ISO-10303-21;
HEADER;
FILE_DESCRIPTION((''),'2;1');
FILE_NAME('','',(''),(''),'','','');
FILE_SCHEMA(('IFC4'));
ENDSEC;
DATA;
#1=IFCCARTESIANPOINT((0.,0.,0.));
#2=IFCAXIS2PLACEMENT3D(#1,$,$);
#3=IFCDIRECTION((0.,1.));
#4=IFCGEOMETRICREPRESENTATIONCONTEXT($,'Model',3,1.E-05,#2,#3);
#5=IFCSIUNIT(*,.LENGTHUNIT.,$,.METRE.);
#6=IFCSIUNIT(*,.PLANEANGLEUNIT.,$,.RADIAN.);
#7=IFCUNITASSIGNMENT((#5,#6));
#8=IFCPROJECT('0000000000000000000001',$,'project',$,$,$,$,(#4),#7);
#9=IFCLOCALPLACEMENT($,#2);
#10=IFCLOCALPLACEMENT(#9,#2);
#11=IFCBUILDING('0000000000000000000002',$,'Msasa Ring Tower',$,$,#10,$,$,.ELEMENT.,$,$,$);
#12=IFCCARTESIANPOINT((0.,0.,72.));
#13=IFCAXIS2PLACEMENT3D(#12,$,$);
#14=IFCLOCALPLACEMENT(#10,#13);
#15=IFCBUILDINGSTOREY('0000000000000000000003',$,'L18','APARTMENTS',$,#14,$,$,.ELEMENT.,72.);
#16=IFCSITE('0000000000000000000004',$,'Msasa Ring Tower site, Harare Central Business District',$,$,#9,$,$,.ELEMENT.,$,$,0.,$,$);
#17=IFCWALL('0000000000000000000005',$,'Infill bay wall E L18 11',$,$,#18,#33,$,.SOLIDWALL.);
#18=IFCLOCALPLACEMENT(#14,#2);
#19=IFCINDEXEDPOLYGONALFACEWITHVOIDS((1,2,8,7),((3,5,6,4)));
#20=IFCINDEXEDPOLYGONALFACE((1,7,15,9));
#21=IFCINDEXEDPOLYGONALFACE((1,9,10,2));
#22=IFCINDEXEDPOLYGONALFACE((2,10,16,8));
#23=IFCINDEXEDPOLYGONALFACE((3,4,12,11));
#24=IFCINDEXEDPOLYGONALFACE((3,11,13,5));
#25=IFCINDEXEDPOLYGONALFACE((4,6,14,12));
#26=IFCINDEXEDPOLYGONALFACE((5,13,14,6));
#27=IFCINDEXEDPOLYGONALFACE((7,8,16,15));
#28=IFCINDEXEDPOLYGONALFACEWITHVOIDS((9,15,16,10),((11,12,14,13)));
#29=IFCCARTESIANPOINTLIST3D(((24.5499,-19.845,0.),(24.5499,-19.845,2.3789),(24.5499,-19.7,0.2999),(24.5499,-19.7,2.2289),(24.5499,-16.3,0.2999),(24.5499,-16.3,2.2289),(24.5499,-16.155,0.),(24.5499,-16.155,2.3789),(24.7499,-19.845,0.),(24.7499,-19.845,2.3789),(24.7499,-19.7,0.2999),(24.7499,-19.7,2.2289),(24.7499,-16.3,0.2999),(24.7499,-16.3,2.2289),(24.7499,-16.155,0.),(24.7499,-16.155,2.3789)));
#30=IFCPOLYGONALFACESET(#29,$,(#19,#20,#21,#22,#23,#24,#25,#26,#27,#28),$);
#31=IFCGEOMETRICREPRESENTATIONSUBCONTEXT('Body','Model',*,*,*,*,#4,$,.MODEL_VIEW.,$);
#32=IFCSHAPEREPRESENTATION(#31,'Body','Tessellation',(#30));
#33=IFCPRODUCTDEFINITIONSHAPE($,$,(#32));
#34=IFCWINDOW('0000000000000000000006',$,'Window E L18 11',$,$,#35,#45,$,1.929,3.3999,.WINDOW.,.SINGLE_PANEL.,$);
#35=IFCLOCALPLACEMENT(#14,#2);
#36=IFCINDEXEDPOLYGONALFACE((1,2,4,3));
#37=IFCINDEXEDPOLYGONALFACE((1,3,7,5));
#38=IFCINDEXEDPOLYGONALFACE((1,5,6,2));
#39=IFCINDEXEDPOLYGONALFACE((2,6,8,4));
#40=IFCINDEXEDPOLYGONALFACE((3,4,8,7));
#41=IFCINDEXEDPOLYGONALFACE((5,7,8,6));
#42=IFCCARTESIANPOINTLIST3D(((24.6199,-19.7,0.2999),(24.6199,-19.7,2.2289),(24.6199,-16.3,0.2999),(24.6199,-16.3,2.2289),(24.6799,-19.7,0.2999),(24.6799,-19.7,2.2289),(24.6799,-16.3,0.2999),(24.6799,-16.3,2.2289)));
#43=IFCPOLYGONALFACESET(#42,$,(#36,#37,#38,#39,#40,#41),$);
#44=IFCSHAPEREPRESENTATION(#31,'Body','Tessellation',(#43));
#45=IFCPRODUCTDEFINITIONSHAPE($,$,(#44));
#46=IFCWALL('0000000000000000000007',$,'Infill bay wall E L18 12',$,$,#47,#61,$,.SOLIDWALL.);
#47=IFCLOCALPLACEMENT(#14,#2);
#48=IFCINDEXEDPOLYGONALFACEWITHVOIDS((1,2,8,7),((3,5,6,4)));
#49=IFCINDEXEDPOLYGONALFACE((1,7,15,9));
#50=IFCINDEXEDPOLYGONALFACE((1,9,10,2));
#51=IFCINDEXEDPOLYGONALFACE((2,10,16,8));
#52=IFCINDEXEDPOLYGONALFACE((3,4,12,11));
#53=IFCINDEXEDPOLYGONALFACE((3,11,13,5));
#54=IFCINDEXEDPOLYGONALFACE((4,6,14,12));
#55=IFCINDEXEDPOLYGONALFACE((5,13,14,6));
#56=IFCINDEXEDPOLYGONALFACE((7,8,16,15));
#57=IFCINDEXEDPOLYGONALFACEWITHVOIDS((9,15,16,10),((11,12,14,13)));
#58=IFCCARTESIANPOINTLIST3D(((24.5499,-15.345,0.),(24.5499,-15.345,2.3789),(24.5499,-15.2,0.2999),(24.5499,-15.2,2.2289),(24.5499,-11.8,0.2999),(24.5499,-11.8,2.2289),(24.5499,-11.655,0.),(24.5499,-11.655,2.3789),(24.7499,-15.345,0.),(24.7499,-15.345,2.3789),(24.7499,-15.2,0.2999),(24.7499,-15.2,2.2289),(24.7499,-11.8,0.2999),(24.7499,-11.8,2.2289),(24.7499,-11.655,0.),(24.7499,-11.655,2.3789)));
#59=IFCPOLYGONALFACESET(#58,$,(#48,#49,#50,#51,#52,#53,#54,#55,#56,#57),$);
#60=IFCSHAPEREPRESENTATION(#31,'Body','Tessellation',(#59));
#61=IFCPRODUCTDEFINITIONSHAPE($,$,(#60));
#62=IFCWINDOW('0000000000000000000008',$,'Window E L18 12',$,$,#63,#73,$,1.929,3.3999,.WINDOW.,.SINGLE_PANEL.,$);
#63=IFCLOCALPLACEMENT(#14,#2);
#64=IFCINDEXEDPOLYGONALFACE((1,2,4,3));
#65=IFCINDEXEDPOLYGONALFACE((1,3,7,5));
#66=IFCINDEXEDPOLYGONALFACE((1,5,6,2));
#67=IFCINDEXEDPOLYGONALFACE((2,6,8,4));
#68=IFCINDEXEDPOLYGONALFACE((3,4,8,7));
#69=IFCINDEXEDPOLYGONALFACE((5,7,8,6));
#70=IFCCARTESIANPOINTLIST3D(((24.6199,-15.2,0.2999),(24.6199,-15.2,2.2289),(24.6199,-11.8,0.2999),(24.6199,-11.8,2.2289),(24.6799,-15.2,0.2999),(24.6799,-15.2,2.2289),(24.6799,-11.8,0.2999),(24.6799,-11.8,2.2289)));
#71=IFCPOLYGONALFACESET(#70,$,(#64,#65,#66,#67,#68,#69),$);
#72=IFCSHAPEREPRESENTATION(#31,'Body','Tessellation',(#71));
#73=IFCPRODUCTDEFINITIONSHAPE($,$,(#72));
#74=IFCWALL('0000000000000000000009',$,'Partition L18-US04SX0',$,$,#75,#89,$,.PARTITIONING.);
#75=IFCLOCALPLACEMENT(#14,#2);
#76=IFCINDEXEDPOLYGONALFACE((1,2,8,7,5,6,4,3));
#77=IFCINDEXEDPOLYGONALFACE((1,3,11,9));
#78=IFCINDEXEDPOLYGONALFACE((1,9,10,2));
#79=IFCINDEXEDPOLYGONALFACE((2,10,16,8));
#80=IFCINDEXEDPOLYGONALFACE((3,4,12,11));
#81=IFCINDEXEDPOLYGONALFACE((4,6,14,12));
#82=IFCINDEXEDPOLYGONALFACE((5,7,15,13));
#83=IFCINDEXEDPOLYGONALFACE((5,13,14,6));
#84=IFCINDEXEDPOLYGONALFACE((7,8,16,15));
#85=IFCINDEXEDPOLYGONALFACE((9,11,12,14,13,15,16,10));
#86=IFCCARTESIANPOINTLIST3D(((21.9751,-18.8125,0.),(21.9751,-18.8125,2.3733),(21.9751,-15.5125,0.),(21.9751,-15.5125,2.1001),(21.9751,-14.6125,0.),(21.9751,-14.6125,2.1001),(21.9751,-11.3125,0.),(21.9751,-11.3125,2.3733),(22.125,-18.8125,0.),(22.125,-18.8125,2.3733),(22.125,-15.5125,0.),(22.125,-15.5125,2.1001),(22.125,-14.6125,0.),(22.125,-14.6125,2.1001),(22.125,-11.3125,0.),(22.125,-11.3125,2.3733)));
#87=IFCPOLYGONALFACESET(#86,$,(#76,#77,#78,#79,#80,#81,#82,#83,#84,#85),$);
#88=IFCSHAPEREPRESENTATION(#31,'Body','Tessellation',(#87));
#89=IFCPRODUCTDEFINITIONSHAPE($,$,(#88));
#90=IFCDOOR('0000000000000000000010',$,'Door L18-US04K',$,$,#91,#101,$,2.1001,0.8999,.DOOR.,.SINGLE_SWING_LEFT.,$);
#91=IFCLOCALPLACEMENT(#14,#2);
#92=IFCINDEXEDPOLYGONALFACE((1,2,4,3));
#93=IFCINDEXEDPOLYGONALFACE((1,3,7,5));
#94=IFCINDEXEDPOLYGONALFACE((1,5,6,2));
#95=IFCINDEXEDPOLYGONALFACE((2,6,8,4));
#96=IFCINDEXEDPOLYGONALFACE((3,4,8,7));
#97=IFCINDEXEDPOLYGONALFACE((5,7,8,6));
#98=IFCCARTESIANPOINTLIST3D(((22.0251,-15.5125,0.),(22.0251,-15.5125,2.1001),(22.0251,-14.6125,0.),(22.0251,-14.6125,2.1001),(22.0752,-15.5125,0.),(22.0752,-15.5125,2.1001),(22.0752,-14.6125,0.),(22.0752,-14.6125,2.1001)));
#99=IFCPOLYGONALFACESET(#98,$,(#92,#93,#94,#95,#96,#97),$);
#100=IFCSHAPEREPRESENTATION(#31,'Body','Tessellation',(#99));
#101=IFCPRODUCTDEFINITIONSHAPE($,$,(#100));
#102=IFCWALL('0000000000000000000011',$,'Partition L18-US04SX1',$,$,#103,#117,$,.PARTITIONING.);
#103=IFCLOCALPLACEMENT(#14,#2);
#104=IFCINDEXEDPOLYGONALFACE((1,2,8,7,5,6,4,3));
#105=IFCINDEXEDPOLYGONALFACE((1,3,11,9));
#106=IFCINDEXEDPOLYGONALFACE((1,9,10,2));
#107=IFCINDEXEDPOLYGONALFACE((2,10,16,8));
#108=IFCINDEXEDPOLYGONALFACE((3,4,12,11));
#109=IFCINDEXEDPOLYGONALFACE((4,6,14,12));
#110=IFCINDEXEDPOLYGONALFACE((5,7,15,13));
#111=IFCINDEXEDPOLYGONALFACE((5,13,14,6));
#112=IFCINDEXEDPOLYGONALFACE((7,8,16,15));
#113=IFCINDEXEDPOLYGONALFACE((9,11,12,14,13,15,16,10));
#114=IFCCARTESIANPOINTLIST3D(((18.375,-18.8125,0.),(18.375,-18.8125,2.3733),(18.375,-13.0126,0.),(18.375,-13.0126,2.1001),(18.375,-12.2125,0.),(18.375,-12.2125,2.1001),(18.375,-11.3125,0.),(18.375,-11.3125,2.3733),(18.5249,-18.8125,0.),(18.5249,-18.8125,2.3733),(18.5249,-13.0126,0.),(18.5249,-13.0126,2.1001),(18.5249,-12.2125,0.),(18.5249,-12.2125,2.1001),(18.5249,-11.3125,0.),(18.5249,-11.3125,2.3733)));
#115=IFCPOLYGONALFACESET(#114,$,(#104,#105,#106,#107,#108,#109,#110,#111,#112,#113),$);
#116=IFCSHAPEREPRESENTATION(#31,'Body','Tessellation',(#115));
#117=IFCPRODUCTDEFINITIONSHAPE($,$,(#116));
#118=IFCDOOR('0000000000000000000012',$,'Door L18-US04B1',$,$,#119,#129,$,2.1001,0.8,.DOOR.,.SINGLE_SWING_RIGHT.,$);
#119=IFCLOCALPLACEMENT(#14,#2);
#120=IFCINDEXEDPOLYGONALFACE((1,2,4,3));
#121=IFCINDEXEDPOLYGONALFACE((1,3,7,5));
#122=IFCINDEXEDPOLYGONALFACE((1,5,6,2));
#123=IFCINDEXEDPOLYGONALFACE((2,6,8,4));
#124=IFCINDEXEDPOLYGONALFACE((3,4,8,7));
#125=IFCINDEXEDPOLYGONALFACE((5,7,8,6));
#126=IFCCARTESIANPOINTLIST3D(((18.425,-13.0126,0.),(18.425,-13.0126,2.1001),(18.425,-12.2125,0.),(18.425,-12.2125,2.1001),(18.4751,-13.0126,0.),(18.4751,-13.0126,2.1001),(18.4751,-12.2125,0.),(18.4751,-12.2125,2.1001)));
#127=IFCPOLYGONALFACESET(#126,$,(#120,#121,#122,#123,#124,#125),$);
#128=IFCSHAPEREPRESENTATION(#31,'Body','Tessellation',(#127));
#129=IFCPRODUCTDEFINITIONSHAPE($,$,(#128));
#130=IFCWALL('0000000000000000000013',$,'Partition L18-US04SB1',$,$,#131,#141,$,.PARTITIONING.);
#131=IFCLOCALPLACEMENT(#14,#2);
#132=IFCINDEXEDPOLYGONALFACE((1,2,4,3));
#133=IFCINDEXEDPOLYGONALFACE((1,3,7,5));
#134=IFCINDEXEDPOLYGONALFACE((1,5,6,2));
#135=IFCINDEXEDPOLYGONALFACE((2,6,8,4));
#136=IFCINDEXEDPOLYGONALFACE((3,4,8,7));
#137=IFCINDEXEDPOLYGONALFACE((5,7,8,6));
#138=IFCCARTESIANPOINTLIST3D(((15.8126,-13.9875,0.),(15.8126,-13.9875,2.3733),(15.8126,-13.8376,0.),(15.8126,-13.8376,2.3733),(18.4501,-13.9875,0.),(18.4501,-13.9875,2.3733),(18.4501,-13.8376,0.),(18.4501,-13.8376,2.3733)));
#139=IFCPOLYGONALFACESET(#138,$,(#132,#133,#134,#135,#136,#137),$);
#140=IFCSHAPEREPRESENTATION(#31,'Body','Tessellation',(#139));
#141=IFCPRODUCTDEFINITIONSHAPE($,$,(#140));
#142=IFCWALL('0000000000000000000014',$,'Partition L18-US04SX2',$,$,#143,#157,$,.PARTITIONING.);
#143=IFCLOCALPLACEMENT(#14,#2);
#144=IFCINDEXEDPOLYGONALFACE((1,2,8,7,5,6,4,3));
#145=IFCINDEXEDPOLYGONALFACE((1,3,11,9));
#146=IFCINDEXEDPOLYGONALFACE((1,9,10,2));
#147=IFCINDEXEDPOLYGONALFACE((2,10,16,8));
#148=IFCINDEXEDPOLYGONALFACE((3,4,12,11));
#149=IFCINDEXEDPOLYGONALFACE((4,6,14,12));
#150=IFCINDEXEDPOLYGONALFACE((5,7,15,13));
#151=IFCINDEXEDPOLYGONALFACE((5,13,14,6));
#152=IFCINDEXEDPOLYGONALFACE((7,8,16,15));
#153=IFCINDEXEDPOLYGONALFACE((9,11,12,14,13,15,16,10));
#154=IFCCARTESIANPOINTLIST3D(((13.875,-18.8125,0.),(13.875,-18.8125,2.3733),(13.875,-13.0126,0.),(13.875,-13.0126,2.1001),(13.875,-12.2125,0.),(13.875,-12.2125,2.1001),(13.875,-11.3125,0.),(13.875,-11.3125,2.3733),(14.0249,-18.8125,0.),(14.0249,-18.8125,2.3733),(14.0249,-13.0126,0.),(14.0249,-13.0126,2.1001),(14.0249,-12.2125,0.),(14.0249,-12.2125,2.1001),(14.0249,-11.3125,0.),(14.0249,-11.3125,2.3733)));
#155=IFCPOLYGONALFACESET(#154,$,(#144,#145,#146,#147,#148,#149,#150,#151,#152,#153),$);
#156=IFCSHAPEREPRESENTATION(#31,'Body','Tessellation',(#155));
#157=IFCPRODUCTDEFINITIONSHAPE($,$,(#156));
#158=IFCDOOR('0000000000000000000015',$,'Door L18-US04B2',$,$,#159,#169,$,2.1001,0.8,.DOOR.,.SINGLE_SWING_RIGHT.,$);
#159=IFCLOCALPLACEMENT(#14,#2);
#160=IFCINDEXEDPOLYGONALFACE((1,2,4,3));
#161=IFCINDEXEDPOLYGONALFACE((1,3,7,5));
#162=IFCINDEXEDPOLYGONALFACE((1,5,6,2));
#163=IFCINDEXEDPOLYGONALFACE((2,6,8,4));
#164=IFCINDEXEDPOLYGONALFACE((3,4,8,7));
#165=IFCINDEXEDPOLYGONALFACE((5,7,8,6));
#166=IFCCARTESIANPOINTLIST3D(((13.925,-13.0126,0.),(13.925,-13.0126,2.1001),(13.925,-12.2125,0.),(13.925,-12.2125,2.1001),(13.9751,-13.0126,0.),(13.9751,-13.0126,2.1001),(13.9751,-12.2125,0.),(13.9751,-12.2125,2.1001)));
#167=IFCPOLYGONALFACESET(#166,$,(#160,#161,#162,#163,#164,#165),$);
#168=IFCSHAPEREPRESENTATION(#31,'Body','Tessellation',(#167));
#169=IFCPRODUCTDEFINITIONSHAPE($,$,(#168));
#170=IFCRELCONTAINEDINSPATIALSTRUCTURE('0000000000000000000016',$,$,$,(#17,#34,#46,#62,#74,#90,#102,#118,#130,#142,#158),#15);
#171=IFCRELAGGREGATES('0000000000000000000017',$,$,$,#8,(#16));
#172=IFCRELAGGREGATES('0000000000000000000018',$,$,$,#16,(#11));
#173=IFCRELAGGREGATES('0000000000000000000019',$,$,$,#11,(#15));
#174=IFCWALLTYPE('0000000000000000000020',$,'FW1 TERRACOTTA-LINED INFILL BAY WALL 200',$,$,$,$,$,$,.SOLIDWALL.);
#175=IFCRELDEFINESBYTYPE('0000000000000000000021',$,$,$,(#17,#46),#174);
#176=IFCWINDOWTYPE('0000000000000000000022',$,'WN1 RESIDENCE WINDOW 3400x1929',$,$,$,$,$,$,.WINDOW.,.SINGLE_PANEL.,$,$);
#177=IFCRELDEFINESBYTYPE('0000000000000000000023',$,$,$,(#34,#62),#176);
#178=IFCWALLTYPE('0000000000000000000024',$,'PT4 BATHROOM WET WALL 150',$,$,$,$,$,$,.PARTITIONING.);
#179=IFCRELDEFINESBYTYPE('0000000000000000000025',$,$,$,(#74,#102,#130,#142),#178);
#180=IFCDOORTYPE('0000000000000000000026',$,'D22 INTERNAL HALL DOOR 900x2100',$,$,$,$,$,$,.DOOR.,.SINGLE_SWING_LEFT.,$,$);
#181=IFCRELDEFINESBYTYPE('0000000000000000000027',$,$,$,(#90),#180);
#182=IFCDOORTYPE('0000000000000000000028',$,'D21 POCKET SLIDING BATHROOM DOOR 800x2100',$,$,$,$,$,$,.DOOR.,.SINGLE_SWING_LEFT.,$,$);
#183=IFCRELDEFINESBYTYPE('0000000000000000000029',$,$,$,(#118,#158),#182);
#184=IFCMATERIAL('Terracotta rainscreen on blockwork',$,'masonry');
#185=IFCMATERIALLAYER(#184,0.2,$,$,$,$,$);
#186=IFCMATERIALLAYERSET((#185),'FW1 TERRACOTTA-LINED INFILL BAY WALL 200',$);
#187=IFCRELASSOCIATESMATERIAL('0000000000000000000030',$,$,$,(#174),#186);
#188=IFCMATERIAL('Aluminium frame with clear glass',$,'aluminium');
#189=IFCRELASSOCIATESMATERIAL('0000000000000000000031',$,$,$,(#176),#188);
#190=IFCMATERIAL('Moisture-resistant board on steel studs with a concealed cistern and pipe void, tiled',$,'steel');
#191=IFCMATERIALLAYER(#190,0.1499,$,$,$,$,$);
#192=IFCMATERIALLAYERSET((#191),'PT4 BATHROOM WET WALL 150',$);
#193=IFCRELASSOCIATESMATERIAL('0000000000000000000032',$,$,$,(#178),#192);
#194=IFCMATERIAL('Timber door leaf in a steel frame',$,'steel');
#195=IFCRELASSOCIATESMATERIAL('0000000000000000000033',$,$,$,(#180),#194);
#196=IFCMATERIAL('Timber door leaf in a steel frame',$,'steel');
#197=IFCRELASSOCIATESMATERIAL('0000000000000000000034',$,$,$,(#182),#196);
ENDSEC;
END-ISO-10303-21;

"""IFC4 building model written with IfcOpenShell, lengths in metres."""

from ifc_helpers import new_model, si_unit, direction, frame, frame_2d, origin, place, context, subcontext, project, spatial, rectangle, extrude, material, layer, layer_set, type_object, element, fill, save


model = new_model("IFC4")

# Units and contexts
model_context = context("Model", 3, precision=1e-05, world=origin(), true_north=direction((0.0, 1.0)))
body_context = subcontext(model_context, "Body", "Model", "MODEL_VIEW")
ifc_project = project(units=[si_unit("LENGTHUNIT", "METRE"), si_unit("PLANEANGLEUNIT", "RADIAN")], contexts=[model_context])

# Site, building, storey
site_placement = place(None, origin())
site = spatial("IfcSite", under=ifc_project, at=site_placement, Name="Msasa Ring Tower site, Harare Central Business District", CompositionType="ELEMENT", RefElevation=0.0)
building_placement = place(site_placement, origin())
building = spatial("IfcBuilding", under=site, at=building_placement, Name="Msasa Ring Tower", CompositionType="ELEMENT")
storey_placement = place(building_placement, frame((0.0, 0.0, 72.0)))
storey = spatial("IfcBuildingStorey", under=building, at=storey_placement, Name="L18", Description="APARTMENTS", CompositionType="ELEMENT", Elevation=72.0)

# Walls, openings, windows
ifc_material_1 = material(Name="Terracotta rainscreen on blockwork", Category="masonry")
ifc_layer_1 = layer(ifc_material_1, 0.2)
ifc_layer_set_1 = layer_set([ifc_layer_1], Name="FW1 TERRACOTTA-LINED INFILL BAY WALL 200")
wall_type_1 = type_object("IfcWallType", Name="FW1 TERRACOTTA-LINED INFILL BAY WALL 200", PredefinedType="SOLIDWALL", material=ifc_layer_set_1)
wall_1_placement = place(storey_placement, frame((24.6499, -19.845, 0.0), z_axis=(0.0, 0.0, 1.0), x_axis=(0.0, 1.0, 0.0)))
wall_1 = element("IfcWall", 1, at=wall_1_placement, inside=storey, type_object=wall_type_1, Name="Infill bay wall E L18 11", PredefinedType="SOLIDWALL", context=body_context, shape_type="SweptSolid", body=[
    extrude(rectangle(XDim=3.6899, YDim=0.2, at=frame_2d((1.845, 0.0))), origin(), (0.0, 0.0, 1.0), 2.3789),
])
opening_1_placement = place(wall_1_placement, frame((0.145, 0.0, 0.3)))
opening_1 = element("IfcOpeningElement", 2, at=opening_1_placement, cuts=wall_1, PredefinedType="OPENING", context=body_context, shape_type="SweptSolid", body=[
    extrude(rectangle(XDim=3.3999, YDim=1.929, at=frame_2d((1.7, 0.9644))), frame((0.0, 0.1099, 0.0), z_axis=(0.0, -1.0, 0.0), x_axis=(1.0, 0.0, 0.0)), (0.0, 0.0, 1.0), 0.22),
])
ifc_material_2 = material(Name="Aluminium frame with clear glass", Category="aluminium")
window_type = type_object("IfcWindowType", Name="WN1 RESIDENCE WINDOW 3400x1929", PartitioningType="SINGLE_PANEL", PredefinedType="WINDOW", material=ifc_material_2)
window_1_placement = place(opening_1_placement, origin())
window_1 = element("IfcWindow", 3, at=window_1_placement, inside=storey, type_object=window_type, Name="Window E L18 11", OverallHeight=1.929, OverallWidth=3.3999, PartitioningType="SINGLE_PANEL", PredefinedType="WINDOW", context=body_context, shape_type="SweptSolid", body=[
    extrude(rectangle(XDim=3.3999, YDim=1.929, at=frame_2d((1.7, 0.9644))), frame((0.0, 0.03, 0.0), z_axis=(0.0, -1.0, 0.0), x_axis=(1.0, 0.0, 0.0)), (0.0, 0.0, 1.0), 0.0601),
])
fill(opening_1, window_1)
wall_2_placement = place(storey_placement, frame((24.6499, -15.345, 0.0), z_axis=(0.0, 0.0, 1.0), x_axis=(0.0, 1.0, 0.0)))
wall_2 = element("IfcWall", 4, at=wall_2_placement, inside=storey, type_object=wall_type_1, Name="Infill bay wall E L18 12", PredefinedType="SOLIDWALL", context=body_context, shape_type="SweptSolid", body=[
    extrude(rectangle(XDim=3.6899, YDim=0.2, at=frame_2d((1.845, 0.0))), origin(), (0.0, 0.0, 1.0), 2.3789),
])
opening_2_placement = place(wall_2_placement, frame((0.145, 0.0, 0.3)))
opening_2 = element("IfcOpeningElement", 5, at=opening_2_placement, cuts=wall_2, PredefinedType="OPENING", context=body_context, shape_type="SweptSolid", body=[
    extrude(rectangle(XDim=3.3999, YDim=1.929, at=frame_2d((1.7, 0.9644))), frame((0.0, 0.1099, 0.0), z_axis=(0.0, -1.0, 0.0), x_axis=(1.0, 0.0, 0.0)), (0.0, 0.0, 1.0), 0.22),
])
window_2_placement = place(opening_2_placement, origin())
window_2 = element("IfcWindow", 6, at=window_2_placement, inside=storey, type_object=window_type, Name="Window E L18 12", OverallHeight=1.929, OverallWidth=3.3999, PartitioningType="SINGLE_PANEL", PredefinedType="WINDOW", context=body_context, shape_type="SweptSolid", body=[
    extrude(rectangle(XDim=3.3999, YDim=1.929, at=frame_2d((1.7, 0.9644))), frame((0.0, 0.03, 0.0), z_axis=(0.0, -1.0, 0.0), x_axis=(1.0, 0.0, 0.0)), (0.0, 0.0, 1.0), 0.0601),
])
fill(opening_2, window_2)

# Walls, openings, doors
ifc_material_3 = material(Name="Moisture-resistant board on steel studs with a concealed cistern and pipe void, tiled", Category="steel")
ifc_layer_2 = layer(ifc_material_3, 0.1499)
ifc_layer_set_2 = layer_set([ifc_layer_2], Name="PT4 BATHROOM WET WALL 150")
wall_type_2 = type_object("IfcWallType", Name="PT4 BATHROOM WET WALL 150", PredefinedType="PARTITIONING", material=ifc_layer_set_2)
wall_3_placement = place(storey_placement, frame((22.05, -18.8125, 0.0), z_axis=(0.0, 0.0, 1.0), x_axis=(0.0, 1.0, 0.0)))
wall_3 = element("IfcWall", 7, at=wall_3_placement, inside=storey, type_object=wall_type_2, Name="Partition L18-US04SX0", PredefinedType="PARTITIONING", context=body_context, shape_type="SweptSolid", body=[
    extrude(rectangle(XDim=7.5, YDim=0.1499, at=frame_2d((3.75, 0.0))), origin(), (0.0, 0.0, 1.0), 2.3733),
])
opening_3_placement = place(wall_3_placement, frame((3.3, 0.0, 0.0)))
opening_3 = element("IfcOpeningElement", 8, at=opening_3_placement, cuts=wall_3, PredefinedType="OPENING", context=body_context, shape_type="SweptSolid", body=[
    extrude(rectangle(XDim=0.8999, YDim=2.1001, at=frame_2d((0.45, 1.05))), frame((0.0, 0.085, 0.0), z_axis=(0.0, -1.0, 0.0), x_axis=(1.0, 0.0, 0.0)), (0.0, 0.0, 1.0), 0.1699),
])
ifc_material_4 = material(Name="Timber door leaf in a steel frame", Category="steel")
door_type_1 = type_object("IfcDoorType", Name="D22 INTERNAL HALL DOOR 900x2100", OperationType="SINGLE_SWING_LEFT", PredefinedType="DOOR", material=ifc_material_4)
door_1_placement = place(opening_3_placement, origin())
door_1 = element("IfcDoor", 9, at=door_1_placement, inside=storey, type_object=door_type_1, Name="Door L18-US04K", OperationType="SINGLE_SWING_LEFT", OverallHeight=2.1001, OverallWidth=0.8999, PredefinedType="DOOR", context=body_context, shape_type="SweptSolid", body=[
    extrude(rectangle(XDim=0.8999, YDim=2.1001, at=frame_2d((0.45, 1.05))), frame((0.0, 0.0249, 0.0), z_axis=(0.0, -1.0, 0.0), x_axis=(1.0, 0.0, 0.0)), (0.0, 0.0, 1.0), 0.05),
])
fill(opening_3, door_1)
wall_4_placement = place(storey_placement, frame((18.45, -18.8125, 0.0), z_axis=(0.0, 0.0, 1.0), x_axis=(0.0, 1.0, 0.0)))
wall_4 = element("IfcWall", 10, at=wall_4_placement, inside=storey, type_object=wall_type_2, Name="Partition L18-US04SX1", PredefinedType="PARTITIONING", context=body_context, shape_type="SweptSolid", body=[
    extrude(rectangle(XDim=7.5, YDim=0.1499, at=frame_2d((3.75, 0.0))), origin(), (0.0, 0.0, 1.0), 2.3733),
])
opening_4_placement = place(wall_4_placement, frame((5.8, 0.0, 0.0)))
opening_4 = element("IfcOpeningElement", 11, at=opening_4_placement, cuts=wall_4, PredefinedType="OPENING", context=body_context, shape_type="SweptSolid", body=[
    extrude(rectangle(XDim=0.8, YDim=2.1001, at=frame_2d((0.3999, 1.05))), frame((0.0, 0.085, 0.0), z_axis=(0.0, -1.0, 0.0), x_axis=(1.0, 0.0, 0.0)), (0.0, 0.0, 1.0), 0.1699),
])
ifc_material_5 = material(Name="Timber door leaf in a steel frame", Category="steel")
door_type_2 = type_object("IfcDoorType", Name="D21 POCKET SLIDING BATHROOM DOOR 800x2100", OperationType="SINGLE_SWING_LEFT", PredefinedType="DOOR", material=ifc_material_5)
door_2_placement = place(opening_4_placement, origin())
door_2 = element("IfcDoor", 12, at=door_2_placement, inside=storey, type_object=door_type_2, Name="Door L18-US04B1", OperationType="SINGLE_SWING_RIGHT", OverallHeight=2.1001, OverallWidth=0.8, PredefinedType="DOOR", context=body_context, shape_type="SweptSolid", body=[
    extrude(rectangle(XDim=0.8, YDim=2.1001, at=frame_2d((0.3999, 1.05))), frame((0.0, 0.0249, 0.0), z_axis=(0.0, -1.0, 0.0), x_axis=(1.0, 0.0, 0.0)), (0.0, 0.0, 1.0), 0.05),
])
fill(opening_4, door_2)

# Wall
wall_5_placement = place(storey_placement, frame((15.8125, -13.9126, 0.0), z_axis=(0.0, 0.0, 1.0), x_axis=(1.0, 0.0, 0.0)))
element("IfcWall", 13, at=wall_5_placement, inside=storey, type_object=wall_type_2, Name="Partition L18-US04SB1", PredefinedType="PARTITIONING", context=body_context, shape_type="SweptSolid", body=[
    extrude(rectangle(XDim=2.6375, YDim=0.1499, at=frame_2d((1.3188, 0.0))), origin(), (0.0, 0.0, 1.0), 2.3733),
])

# Wall, opening, door
wall_6_placement = place(storey_placement, frame((13.95, -18.8125, 0.0), z_axis=(0.0, 0.0, 1.0), x_axis=(0.0, 1.0, 0.0)))
wall_6 = element("IfcWall", 14, at=wall_6_placement, inside=storey, type_object=wall_type_2, Name="Partition L18-US04SX2", PredefinedType="PARTITIONING", context=body_context, shape_type="SweptSolid", body=[
    extrude(rectangle(XDim=7.5, YDim=0.1499, at=frame_2d((3.75, 0.0))), origin(), (0.0, 0.0, 1.0), 2.3733),
])
opening_5_placement = place(wall_6_placement, frame((5.8, 0.0, 0.0)))
opening_5 = element("IfcOpeningElement", 15, at=opening_5_placement, cuts=wall_6, PredefinedType="OPENING", context=body_context, shape_type="SweptSolid", body=[
    extrude(rectangle(XDim=0.8, YDim=2.1001, at=frame_2d((0.3999, 1.05))), frame((0.0, 0.085, 0.0), z_axis=(0.0, -1.0, 0.0), x_axis=(1.0, 0.0, 0.0)), (0.0, 0.0, 1.0), 0.1699),
])
door_3_placement = place(opening_5_placement, origin())
door_3 = element("IfcDoor", 16, at=door_3_placement, inside=storey, type_object=door_type_2, Name="Door L18-US04B2", OperationType="SINGLE_SWING_RIGHT", OverallHeight=2.1001, OverallWidth=0.8, PredefinedType="DOOR", context=body_context, shape_type="SweptSolid", body=[
    extrude(rectangle(XDim=0.8, YDim=2.1001, at=frame_2d((0.3999, 1.05))), frame((0.0, 0.0249, 0.0), z_axis=(0.0, -1.0, 0.0), x_axis=(1.0, 0.0, 0.0)), (0.0, 0.0, 1.0), 0.05),
])
fill(opening_5, door_3)

save(model, "model.ifc")
